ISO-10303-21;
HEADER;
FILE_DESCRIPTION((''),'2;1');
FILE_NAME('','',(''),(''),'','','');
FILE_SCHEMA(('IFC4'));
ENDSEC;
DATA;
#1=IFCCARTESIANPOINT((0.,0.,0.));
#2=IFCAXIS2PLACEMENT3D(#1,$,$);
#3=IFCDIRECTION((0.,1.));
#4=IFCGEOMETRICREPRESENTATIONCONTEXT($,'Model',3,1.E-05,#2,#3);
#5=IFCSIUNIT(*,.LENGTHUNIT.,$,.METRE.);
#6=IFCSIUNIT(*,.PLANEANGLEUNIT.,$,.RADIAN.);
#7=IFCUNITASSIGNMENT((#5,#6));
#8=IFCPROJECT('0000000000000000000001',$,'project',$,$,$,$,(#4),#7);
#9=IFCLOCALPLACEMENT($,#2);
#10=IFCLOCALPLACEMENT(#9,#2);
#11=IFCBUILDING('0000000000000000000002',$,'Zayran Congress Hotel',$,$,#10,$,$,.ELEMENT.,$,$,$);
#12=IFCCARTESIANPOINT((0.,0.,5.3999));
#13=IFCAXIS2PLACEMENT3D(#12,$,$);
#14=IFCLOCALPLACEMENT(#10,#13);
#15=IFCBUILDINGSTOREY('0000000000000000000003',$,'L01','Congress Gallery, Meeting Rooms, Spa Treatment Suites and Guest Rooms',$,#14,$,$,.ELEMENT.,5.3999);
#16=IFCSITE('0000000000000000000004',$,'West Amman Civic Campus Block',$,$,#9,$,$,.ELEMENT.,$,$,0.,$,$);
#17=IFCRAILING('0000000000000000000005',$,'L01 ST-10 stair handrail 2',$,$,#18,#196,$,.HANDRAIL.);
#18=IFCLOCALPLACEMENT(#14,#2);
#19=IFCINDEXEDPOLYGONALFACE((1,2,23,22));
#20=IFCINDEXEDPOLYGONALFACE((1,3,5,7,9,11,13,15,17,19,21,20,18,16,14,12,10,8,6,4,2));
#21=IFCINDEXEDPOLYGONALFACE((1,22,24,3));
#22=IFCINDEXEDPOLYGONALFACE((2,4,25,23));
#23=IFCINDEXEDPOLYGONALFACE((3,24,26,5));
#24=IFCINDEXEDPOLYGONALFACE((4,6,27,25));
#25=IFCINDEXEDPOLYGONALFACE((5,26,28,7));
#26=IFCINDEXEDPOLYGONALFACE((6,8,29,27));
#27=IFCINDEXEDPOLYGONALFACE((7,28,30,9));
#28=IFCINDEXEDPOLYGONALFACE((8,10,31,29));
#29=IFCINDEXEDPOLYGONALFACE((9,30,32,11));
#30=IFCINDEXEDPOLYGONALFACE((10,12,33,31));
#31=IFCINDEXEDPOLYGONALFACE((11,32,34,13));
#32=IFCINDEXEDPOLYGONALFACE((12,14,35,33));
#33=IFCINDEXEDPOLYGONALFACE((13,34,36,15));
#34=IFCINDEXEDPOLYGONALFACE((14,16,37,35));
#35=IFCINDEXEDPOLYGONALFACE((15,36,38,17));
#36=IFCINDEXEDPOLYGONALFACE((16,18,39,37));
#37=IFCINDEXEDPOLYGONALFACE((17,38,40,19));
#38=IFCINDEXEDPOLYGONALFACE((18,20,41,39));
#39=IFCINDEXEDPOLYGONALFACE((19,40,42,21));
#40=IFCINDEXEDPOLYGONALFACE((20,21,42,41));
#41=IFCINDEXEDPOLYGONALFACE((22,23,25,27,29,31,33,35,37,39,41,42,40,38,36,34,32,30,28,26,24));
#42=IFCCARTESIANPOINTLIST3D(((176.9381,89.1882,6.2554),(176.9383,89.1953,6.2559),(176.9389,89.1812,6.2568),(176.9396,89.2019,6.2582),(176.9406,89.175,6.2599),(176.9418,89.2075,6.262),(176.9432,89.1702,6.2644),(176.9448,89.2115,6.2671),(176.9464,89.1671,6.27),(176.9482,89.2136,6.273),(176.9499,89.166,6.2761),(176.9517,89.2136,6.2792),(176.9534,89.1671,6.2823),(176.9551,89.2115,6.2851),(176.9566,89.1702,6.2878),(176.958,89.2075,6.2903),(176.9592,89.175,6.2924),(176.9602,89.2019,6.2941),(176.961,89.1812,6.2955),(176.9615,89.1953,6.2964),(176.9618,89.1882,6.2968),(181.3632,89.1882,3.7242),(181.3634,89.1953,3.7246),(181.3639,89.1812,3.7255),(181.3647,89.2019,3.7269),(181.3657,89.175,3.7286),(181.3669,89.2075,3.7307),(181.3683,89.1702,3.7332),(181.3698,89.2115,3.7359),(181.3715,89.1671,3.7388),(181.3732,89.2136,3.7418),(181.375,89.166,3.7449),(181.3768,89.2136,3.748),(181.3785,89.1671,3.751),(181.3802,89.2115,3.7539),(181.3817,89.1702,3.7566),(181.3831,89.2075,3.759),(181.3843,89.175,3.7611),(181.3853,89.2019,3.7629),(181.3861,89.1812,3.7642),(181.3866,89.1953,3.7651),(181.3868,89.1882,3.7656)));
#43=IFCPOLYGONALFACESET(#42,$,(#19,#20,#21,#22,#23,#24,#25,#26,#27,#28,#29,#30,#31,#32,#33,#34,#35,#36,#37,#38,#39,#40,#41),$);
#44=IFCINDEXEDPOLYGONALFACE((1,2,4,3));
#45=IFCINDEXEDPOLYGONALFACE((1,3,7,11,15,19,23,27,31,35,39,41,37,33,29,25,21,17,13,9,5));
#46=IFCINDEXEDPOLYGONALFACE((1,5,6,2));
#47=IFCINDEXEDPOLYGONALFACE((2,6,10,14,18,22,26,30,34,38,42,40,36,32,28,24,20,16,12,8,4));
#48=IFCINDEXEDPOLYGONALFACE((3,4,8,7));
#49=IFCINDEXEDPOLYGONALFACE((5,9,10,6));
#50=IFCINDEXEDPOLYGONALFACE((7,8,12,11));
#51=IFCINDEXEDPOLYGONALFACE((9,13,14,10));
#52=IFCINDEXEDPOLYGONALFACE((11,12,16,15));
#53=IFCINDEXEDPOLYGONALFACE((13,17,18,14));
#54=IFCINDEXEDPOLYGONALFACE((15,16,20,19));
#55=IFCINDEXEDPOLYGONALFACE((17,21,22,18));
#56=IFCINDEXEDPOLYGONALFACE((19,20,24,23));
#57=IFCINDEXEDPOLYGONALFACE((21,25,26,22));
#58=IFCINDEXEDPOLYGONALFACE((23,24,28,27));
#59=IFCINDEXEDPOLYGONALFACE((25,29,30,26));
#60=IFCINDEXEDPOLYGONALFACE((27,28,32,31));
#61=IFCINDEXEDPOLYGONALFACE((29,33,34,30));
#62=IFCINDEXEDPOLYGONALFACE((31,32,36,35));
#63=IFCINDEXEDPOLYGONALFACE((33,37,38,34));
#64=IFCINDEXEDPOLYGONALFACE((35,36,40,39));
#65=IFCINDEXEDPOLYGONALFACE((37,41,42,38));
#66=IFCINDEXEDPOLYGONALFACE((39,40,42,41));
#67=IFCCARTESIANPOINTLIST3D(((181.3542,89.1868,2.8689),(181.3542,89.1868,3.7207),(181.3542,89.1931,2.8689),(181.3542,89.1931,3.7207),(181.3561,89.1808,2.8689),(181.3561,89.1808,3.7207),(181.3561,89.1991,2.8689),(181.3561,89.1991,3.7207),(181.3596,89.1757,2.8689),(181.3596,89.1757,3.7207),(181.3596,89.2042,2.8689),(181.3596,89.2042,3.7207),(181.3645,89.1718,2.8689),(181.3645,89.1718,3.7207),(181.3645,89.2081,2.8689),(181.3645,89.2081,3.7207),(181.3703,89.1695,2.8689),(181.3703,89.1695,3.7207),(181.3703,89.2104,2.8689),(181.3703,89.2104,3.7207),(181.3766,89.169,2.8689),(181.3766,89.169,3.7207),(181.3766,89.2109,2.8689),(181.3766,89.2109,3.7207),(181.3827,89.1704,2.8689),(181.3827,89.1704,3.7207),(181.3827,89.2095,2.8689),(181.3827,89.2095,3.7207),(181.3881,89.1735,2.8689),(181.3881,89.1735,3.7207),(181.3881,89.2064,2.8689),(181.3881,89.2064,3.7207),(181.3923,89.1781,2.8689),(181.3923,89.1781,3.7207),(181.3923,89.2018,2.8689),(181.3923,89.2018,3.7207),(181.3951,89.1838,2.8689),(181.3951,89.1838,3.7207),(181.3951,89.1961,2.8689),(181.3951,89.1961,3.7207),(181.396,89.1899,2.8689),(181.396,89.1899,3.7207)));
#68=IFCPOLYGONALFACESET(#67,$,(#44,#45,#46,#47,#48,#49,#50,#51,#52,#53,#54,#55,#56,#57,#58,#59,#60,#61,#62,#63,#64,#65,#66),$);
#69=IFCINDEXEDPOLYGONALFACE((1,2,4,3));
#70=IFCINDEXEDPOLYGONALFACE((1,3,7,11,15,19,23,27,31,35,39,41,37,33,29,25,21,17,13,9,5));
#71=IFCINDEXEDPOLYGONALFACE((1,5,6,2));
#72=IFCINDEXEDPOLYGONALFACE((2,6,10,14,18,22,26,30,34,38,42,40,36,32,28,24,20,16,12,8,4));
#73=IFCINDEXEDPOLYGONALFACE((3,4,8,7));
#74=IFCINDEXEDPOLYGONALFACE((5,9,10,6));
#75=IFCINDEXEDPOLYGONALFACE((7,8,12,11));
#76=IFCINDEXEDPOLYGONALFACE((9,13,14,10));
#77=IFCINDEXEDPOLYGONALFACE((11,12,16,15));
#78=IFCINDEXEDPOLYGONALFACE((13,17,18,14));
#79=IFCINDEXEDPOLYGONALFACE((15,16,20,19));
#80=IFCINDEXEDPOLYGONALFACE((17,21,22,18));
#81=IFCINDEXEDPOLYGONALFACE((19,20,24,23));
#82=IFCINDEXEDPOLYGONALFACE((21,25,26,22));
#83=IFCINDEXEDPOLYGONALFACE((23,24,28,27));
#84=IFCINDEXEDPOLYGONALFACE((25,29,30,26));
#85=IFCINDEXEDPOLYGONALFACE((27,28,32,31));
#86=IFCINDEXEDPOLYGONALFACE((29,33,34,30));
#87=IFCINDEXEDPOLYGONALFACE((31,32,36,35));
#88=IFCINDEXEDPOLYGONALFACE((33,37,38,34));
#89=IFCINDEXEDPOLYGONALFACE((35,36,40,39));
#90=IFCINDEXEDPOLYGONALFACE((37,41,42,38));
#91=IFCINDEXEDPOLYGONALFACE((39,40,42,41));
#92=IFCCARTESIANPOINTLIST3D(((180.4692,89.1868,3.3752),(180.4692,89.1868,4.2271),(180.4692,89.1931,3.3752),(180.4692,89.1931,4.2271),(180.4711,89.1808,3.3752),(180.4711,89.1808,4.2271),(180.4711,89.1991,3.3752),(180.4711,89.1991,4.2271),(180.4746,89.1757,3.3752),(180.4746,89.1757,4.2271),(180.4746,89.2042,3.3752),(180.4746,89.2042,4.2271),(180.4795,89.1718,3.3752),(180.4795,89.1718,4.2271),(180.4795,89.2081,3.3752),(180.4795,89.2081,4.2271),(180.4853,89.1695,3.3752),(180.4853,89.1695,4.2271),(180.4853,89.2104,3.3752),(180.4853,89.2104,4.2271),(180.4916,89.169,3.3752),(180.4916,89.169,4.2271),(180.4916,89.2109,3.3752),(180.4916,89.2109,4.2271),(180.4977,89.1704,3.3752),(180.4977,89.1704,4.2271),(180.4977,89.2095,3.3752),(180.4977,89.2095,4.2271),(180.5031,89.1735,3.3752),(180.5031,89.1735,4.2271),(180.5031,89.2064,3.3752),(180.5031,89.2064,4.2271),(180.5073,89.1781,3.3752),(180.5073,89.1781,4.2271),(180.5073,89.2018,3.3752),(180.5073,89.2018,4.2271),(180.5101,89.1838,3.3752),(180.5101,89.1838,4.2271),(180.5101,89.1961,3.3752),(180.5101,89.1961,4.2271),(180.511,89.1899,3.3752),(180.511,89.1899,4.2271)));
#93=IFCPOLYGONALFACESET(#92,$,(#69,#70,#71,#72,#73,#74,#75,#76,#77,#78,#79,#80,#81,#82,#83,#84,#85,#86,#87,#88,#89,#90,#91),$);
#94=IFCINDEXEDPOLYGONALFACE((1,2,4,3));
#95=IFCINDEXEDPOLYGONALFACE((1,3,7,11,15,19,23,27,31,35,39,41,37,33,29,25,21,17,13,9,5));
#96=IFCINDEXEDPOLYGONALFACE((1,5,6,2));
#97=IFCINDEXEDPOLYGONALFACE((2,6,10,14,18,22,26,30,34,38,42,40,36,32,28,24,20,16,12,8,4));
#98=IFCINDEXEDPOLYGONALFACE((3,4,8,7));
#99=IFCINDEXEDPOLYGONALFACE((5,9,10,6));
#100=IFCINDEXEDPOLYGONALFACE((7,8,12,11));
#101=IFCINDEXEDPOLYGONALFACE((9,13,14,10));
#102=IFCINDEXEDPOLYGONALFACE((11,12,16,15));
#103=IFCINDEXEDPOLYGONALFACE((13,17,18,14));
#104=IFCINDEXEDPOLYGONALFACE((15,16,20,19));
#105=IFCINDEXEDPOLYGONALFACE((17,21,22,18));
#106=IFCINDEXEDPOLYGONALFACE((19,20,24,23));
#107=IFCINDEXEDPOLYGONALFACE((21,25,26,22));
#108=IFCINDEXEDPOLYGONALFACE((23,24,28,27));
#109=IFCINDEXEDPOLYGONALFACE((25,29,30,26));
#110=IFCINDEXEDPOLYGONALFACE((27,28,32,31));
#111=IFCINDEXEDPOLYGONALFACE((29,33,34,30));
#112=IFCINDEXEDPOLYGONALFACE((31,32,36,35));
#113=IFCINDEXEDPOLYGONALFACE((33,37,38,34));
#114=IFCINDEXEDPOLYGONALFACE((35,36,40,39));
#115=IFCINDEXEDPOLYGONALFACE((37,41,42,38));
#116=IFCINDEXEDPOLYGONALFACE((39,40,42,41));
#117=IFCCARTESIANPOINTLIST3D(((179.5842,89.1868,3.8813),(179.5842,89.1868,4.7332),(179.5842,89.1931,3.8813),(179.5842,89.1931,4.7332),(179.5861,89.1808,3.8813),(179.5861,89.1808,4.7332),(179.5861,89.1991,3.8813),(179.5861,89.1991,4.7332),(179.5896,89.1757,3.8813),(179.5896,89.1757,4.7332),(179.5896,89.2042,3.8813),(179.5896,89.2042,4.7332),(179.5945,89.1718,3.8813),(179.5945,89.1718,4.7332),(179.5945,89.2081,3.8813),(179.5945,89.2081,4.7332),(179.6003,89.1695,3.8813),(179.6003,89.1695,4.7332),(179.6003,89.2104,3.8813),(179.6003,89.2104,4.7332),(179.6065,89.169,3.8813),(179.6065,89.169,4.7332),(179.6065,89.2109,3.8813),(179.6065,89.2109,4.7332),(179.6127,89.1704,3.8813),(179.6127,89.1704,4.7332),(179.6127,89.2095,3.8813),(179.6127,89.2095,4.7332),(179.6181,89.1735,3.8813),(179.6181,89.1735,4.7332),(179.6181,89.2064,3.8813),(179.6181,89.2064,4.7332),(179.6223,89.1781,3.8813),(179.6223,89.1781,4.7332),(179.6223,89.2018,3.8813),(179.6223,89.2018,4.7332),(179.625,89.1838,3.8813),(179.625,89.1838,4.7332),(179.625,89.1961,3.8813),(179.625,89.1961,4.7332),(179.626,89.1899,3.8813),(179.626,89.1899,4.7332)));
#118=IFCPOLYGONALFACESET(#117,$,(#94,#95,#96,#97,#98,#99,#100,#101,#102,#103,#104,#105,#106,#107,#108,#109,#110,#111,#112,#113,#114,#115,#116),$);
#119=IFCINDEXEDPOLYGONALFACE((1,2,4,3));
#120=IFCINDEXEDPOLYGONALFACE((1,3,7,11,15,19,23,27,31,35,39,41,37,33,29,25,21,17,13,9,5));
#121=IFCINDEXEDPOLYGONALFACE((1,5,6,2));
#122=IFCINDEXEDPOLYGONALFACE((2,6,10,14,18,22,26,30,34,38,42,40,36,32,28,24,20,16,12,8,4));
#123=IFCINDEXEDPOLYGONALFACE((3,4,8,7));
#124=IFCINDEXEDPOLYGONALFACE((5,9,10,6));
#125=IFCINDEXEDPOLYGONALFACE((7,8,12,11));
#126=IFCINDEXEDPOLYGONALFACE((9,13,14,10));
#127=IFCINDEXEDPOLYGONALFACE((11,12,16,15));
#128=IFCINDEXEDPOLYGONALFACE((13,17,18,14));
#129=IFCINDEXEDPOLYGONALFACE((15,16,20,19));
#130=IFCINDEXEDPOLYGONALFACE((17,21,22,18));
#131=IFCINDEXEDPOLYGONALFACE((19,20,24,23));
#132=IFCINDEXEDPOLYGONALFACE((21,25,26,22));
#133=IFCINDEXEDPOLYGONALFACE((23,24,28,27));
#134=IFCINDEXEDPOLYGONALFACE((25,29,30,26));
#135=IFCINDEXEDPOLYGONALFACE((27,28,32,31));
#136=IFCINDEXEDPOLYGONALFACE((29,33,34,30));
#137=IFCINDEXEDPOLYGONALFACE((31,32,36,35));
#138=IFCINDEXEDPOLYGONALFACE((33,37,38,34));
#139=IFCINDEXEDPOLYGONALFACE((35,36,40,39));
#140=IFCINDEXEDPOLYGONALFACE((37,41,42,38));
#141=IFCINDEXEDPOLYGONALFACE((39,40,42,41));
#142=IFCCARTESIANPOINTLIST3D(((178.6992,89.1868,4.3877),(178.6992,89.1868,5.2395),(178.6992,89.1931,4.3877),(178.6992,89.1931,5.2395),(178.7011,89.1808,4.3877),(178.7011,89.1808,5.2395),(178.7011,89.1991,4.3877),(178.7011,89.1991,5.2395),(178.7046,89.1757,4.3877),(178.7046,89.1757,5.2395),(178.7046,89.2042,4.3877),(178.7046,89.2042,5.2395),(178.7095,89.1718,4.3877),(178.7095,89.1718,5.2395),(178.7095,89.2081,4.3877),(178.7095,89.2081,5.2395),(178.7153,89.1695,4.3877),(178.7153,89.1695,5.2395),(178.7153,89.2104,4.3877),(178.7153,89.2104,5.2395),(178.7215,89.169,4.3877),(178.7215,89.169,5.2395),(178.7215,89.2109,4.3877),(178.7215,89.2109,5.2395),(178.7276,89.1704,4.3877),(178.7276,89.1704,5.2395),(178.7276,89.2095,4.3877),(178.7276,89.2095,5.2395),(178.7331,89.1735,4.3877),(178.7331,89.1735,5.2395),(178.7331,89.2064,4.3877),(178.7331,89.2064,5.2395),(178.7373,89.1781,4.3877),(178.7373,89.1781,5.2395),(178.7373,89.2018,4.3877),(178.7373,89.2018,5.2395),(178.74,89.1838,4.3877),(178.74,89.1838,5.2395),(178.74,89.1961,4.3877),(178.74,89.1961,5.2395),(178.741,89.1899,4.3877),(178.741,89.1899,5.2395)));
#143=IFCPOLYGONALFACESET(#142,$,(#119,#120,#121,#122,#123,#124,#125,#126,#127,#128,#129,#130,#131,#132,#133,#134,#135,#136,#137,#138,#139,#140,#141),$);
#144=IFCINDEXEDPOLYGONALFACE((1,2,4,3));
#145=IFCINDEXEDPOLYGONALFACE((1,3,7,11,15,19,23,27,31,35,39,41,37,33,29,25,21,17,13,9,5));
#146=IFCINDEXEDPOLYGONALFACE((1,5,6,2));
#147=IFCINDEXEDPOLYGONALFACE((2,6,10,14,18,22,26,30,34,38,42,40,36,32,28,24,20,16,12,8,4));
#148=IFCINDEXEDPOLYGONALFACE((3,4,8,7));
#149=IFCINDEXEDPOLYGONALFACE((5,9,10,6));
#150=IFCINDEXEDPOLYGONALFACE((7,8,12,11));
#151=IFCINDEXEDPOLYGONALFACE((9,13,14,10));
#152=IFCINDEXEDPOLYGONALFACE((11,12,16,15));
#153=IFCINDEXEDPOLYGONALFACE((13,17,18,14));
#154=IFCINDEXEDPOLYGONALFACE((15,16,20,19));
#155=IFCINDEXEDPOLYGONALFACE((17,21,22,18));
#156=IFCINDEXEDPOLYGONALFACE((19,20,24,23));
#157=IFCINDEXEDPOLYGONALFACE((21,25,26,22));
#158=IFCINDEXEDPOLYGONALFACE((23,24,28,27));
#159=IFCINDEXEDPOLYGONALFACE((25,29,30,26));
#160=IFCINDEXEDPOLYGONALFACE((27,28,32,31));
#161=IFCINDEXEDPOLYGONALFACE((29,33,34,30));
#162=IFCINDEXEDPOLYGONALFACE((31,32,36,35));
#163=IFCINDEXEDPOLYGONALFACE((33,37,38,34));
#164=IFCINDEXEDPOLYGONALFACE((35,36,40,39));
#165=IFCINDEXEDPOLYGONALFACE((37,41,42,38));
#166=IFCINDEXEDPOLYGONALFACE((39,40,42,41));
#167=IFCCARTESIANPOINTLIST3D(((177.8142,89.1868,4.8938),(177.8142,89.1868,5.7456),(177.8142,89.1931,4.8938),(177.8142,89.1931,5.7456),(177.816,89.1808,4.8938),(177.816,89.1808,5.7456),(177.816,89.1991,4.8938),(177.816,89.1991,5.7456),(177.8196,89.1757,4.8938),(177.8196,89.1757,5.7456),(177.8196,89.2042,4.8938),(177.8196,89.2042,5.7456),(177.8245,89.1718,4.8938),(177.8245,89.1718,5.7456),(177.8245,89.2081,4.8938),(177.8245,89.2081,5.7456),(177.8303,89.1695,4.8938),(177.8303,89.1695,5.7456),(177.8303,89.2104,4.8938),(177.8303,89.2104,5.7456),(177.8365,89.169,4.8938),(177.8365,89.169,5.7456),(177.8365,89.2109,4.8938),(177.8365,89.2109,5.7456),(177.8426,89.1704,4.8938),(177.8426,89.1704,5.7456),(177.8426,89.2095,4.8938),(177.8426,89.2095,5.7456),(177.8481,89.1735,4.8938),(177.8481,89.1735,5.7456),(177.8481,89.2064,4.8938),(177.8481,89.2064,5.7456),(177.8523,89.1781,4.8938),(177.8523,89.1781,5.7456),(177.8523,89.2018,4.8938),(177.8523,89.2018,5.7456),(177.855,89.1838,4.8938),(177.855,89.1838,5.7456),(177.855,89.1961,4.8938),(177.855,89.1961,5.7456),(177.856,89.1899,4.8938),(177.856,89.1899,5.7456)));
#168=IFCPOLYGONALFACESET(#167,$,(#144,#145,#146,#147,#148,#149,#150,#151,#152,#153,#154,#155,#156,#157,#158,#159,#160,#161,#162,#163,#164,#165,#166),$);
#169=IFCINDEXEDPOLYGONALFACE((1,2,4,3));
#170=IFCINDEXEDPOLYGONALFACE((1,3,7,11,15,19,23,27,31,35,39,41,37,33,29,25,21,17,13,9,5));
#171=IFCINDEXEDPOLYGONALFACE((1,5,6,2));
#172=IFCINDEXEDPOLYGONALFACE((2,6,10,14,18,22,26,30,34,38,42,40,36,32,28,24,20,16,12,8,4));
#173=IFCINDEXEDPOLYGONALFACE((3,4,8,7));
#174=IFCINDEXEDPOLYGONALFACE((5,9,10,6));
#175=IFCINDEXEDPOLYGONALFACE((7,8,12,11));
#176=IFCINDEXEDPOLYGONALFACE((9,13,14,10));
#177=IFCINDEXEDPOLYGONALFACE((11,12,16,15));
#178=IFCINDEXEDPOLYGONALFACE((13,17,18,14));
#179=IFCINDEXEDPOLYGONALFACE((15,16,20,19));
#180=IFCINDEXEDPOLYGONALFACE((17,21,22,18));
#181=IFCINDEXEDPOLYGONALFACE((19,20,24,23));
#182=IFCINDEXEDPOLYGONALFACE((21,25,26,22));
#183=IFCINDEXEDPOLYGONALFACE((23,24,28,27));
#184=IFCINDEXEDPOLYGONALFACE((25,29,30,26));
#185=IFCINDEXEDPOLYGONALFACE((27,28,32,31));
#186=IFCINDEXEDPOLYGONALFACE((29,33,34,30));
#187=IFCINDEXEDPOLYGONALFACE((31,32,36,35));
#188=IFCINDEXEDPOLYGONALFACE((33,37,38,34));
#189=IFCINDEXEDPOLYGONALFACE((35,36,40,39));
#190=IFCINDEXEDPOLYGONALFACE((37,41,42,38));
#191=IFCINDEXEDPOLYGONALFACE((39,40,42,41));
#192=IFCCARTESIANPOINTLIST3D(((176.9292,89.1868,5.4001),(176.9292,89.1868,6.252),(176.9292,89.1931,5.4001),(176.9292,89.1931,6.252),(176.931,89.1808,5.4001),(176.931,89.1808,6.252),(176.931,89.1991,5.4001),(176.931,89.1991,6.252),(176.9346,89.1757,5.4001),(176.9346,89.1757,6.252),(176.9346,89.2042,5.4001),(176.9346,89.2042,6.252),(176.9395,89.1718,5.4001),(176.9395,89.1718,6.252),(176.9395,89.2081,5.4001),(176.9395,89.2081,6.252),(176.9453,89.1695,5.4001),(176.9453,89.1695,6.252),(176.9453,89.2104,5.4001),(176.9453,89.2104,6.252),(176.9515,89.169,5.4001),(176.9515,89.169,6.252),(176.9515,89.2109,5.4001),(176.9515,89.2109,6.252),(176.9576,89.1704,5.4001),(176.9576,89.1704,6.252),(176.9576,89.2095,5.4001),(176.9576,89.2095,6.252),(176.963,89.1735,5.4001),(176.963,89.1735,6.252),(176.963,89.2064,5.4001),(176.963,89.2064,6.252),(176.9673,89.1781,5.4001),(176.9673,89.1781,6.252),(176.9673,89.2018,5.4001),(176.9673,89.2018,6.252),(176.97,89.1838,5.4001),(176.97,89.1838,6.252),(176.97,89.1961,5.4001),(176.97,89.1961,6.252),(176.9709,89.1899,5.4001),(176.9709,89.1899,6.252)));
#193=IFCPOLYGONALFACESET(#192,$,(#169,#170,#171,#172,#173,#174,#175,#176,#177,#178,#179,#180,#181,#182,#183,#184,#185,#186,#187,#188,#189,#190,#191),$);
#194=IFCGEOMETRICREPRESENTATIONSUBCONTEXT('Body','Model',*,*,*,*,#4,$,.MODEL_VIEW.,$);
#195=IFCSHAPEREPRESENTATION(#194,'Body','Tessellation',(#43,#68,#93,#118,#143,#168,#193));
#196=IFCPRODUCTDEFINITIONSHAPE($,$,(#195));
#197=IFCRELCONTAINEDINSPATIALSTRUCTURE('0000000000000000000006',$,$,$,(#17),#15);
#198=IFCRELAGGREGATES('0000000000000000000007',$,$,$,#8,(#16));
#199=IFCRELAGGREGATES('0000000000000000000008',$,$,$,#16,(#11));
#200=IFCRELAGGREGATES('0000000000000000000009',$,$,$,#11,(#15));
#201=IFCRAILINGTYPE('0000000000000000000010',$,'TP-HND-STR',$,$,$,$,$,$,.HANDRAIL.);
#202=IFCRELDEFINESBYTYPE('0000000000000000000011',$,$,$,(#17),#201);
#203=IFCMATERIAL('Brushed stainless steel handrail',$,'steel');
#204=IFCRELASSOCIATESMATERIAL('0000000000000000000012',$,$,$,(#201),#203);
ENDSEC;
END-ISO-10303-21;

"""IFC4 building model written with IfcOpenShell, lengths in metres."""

from ifc_helpers import new_model, si_unit, direction, frame, origin, origin_2d, place, context, subcontext, project, spatial, circle, extrude, material, type_object, element, save


model = new_model("IFC4")

# Units and contexts
model_context = context("Model", 3, precision=1e-05, world=origin(), true_north=direction((0.0, 1.0)))
body_context = subcontext(model_context, "Body", "Model", "MODEL_VIEW")
ifc_project = project(units=[si_unit("LENGTHUNIT", "METRE"), si_unit("PLANEANGLEUNIT", "RADIAN")], contexts=[model_context])

# Site, building, storey
site_placement = place(None, origin())
site = spatial("IfcSite", under=ifc_project, at=site_placement, Name="West Amman Civic Campus Block", CompositionType="ELEMENT", RefElevation=0.0)
building_placement = place(site_placement, origin())
building = spatial("IfcBuilding", under=site, at=building_placement, Name="Zayran Congress Hotel", CompositionType="ELEMENT")
storey_placement = place(building_placement, frame((0.0, 0.0, 5.3999)))
storey = spatial("IfcBuildingStorey", under=building, at=storey_placement, Name="L01", Description="Congress Gallery, Meeting Rooms, Spa Treatment Suites and Guest Rooms", CompositionType="ELEMENT", Elevation=5.3999)

# Railing
ifc_material_1 = material(Name="Brushed stainless steel handrail", Category="steel")
railing_type_1 = type_object("IfcRailingType", Name="TP-HND-STR", PredefinedType="HANDRAIL", material=ifc_material_1)
railing_1_placement = place(storey_placement, frame((181.375, 89.1899, 2.8689)))
element("IfcRailing", 1, at=railing_1_placement, inside=storey, type_object=railing_type_1, Name="L01 ST-10 stair handrail 2", PredefinedType="HANDRAIL", context=body_context, shape_type="SweptSolid", body=[
    extrude(circle(Radius=0.0239, at=origin_2d()), frame((0.0, 0.0, 0.876), z_axis=(-0.868019, 0.0, 0.496531), x_axis=(0.0, -1.0, 0.0)), (0.0, 0.0, 1.0), 5.0979),
    extrude(circle(Radius=0.021, at=origin_2d()), origin(), (0.0, 0.0, 1.0), 0.8518),
    extrude(circle(Radius=0.021, at=origin_2d()), frame((-0.885, 0.0, 0.5063)), (0.0, 0.0, 1.0), 0.8518),
    extrude(circle(Radius=0.021, at=origin_2d()), frame((-1.77, 0.0, 1.0125)), (0.0, 0.0, 1.0), 0.8518),
    extrude(circle(Radius=0.021, at=origin_2d()), frame((-2.655, 0.0, 1.5188)), (0.0, 0.0, 1.0), 0.8518),
    extrude(circle(Radius=0.021, at=origin_2d()), frame((-3.54, 0.0, 2.0249)), (0.0, 0.0, 1.0), 0.8518),
    extrude(circle(Radius=0.021, at=origin_2d()), frame((-4.425, 0.0, 2.5312)), (0.0, 0.0, 1.0), 0.8518),
])

save(model, "model.ifc")
